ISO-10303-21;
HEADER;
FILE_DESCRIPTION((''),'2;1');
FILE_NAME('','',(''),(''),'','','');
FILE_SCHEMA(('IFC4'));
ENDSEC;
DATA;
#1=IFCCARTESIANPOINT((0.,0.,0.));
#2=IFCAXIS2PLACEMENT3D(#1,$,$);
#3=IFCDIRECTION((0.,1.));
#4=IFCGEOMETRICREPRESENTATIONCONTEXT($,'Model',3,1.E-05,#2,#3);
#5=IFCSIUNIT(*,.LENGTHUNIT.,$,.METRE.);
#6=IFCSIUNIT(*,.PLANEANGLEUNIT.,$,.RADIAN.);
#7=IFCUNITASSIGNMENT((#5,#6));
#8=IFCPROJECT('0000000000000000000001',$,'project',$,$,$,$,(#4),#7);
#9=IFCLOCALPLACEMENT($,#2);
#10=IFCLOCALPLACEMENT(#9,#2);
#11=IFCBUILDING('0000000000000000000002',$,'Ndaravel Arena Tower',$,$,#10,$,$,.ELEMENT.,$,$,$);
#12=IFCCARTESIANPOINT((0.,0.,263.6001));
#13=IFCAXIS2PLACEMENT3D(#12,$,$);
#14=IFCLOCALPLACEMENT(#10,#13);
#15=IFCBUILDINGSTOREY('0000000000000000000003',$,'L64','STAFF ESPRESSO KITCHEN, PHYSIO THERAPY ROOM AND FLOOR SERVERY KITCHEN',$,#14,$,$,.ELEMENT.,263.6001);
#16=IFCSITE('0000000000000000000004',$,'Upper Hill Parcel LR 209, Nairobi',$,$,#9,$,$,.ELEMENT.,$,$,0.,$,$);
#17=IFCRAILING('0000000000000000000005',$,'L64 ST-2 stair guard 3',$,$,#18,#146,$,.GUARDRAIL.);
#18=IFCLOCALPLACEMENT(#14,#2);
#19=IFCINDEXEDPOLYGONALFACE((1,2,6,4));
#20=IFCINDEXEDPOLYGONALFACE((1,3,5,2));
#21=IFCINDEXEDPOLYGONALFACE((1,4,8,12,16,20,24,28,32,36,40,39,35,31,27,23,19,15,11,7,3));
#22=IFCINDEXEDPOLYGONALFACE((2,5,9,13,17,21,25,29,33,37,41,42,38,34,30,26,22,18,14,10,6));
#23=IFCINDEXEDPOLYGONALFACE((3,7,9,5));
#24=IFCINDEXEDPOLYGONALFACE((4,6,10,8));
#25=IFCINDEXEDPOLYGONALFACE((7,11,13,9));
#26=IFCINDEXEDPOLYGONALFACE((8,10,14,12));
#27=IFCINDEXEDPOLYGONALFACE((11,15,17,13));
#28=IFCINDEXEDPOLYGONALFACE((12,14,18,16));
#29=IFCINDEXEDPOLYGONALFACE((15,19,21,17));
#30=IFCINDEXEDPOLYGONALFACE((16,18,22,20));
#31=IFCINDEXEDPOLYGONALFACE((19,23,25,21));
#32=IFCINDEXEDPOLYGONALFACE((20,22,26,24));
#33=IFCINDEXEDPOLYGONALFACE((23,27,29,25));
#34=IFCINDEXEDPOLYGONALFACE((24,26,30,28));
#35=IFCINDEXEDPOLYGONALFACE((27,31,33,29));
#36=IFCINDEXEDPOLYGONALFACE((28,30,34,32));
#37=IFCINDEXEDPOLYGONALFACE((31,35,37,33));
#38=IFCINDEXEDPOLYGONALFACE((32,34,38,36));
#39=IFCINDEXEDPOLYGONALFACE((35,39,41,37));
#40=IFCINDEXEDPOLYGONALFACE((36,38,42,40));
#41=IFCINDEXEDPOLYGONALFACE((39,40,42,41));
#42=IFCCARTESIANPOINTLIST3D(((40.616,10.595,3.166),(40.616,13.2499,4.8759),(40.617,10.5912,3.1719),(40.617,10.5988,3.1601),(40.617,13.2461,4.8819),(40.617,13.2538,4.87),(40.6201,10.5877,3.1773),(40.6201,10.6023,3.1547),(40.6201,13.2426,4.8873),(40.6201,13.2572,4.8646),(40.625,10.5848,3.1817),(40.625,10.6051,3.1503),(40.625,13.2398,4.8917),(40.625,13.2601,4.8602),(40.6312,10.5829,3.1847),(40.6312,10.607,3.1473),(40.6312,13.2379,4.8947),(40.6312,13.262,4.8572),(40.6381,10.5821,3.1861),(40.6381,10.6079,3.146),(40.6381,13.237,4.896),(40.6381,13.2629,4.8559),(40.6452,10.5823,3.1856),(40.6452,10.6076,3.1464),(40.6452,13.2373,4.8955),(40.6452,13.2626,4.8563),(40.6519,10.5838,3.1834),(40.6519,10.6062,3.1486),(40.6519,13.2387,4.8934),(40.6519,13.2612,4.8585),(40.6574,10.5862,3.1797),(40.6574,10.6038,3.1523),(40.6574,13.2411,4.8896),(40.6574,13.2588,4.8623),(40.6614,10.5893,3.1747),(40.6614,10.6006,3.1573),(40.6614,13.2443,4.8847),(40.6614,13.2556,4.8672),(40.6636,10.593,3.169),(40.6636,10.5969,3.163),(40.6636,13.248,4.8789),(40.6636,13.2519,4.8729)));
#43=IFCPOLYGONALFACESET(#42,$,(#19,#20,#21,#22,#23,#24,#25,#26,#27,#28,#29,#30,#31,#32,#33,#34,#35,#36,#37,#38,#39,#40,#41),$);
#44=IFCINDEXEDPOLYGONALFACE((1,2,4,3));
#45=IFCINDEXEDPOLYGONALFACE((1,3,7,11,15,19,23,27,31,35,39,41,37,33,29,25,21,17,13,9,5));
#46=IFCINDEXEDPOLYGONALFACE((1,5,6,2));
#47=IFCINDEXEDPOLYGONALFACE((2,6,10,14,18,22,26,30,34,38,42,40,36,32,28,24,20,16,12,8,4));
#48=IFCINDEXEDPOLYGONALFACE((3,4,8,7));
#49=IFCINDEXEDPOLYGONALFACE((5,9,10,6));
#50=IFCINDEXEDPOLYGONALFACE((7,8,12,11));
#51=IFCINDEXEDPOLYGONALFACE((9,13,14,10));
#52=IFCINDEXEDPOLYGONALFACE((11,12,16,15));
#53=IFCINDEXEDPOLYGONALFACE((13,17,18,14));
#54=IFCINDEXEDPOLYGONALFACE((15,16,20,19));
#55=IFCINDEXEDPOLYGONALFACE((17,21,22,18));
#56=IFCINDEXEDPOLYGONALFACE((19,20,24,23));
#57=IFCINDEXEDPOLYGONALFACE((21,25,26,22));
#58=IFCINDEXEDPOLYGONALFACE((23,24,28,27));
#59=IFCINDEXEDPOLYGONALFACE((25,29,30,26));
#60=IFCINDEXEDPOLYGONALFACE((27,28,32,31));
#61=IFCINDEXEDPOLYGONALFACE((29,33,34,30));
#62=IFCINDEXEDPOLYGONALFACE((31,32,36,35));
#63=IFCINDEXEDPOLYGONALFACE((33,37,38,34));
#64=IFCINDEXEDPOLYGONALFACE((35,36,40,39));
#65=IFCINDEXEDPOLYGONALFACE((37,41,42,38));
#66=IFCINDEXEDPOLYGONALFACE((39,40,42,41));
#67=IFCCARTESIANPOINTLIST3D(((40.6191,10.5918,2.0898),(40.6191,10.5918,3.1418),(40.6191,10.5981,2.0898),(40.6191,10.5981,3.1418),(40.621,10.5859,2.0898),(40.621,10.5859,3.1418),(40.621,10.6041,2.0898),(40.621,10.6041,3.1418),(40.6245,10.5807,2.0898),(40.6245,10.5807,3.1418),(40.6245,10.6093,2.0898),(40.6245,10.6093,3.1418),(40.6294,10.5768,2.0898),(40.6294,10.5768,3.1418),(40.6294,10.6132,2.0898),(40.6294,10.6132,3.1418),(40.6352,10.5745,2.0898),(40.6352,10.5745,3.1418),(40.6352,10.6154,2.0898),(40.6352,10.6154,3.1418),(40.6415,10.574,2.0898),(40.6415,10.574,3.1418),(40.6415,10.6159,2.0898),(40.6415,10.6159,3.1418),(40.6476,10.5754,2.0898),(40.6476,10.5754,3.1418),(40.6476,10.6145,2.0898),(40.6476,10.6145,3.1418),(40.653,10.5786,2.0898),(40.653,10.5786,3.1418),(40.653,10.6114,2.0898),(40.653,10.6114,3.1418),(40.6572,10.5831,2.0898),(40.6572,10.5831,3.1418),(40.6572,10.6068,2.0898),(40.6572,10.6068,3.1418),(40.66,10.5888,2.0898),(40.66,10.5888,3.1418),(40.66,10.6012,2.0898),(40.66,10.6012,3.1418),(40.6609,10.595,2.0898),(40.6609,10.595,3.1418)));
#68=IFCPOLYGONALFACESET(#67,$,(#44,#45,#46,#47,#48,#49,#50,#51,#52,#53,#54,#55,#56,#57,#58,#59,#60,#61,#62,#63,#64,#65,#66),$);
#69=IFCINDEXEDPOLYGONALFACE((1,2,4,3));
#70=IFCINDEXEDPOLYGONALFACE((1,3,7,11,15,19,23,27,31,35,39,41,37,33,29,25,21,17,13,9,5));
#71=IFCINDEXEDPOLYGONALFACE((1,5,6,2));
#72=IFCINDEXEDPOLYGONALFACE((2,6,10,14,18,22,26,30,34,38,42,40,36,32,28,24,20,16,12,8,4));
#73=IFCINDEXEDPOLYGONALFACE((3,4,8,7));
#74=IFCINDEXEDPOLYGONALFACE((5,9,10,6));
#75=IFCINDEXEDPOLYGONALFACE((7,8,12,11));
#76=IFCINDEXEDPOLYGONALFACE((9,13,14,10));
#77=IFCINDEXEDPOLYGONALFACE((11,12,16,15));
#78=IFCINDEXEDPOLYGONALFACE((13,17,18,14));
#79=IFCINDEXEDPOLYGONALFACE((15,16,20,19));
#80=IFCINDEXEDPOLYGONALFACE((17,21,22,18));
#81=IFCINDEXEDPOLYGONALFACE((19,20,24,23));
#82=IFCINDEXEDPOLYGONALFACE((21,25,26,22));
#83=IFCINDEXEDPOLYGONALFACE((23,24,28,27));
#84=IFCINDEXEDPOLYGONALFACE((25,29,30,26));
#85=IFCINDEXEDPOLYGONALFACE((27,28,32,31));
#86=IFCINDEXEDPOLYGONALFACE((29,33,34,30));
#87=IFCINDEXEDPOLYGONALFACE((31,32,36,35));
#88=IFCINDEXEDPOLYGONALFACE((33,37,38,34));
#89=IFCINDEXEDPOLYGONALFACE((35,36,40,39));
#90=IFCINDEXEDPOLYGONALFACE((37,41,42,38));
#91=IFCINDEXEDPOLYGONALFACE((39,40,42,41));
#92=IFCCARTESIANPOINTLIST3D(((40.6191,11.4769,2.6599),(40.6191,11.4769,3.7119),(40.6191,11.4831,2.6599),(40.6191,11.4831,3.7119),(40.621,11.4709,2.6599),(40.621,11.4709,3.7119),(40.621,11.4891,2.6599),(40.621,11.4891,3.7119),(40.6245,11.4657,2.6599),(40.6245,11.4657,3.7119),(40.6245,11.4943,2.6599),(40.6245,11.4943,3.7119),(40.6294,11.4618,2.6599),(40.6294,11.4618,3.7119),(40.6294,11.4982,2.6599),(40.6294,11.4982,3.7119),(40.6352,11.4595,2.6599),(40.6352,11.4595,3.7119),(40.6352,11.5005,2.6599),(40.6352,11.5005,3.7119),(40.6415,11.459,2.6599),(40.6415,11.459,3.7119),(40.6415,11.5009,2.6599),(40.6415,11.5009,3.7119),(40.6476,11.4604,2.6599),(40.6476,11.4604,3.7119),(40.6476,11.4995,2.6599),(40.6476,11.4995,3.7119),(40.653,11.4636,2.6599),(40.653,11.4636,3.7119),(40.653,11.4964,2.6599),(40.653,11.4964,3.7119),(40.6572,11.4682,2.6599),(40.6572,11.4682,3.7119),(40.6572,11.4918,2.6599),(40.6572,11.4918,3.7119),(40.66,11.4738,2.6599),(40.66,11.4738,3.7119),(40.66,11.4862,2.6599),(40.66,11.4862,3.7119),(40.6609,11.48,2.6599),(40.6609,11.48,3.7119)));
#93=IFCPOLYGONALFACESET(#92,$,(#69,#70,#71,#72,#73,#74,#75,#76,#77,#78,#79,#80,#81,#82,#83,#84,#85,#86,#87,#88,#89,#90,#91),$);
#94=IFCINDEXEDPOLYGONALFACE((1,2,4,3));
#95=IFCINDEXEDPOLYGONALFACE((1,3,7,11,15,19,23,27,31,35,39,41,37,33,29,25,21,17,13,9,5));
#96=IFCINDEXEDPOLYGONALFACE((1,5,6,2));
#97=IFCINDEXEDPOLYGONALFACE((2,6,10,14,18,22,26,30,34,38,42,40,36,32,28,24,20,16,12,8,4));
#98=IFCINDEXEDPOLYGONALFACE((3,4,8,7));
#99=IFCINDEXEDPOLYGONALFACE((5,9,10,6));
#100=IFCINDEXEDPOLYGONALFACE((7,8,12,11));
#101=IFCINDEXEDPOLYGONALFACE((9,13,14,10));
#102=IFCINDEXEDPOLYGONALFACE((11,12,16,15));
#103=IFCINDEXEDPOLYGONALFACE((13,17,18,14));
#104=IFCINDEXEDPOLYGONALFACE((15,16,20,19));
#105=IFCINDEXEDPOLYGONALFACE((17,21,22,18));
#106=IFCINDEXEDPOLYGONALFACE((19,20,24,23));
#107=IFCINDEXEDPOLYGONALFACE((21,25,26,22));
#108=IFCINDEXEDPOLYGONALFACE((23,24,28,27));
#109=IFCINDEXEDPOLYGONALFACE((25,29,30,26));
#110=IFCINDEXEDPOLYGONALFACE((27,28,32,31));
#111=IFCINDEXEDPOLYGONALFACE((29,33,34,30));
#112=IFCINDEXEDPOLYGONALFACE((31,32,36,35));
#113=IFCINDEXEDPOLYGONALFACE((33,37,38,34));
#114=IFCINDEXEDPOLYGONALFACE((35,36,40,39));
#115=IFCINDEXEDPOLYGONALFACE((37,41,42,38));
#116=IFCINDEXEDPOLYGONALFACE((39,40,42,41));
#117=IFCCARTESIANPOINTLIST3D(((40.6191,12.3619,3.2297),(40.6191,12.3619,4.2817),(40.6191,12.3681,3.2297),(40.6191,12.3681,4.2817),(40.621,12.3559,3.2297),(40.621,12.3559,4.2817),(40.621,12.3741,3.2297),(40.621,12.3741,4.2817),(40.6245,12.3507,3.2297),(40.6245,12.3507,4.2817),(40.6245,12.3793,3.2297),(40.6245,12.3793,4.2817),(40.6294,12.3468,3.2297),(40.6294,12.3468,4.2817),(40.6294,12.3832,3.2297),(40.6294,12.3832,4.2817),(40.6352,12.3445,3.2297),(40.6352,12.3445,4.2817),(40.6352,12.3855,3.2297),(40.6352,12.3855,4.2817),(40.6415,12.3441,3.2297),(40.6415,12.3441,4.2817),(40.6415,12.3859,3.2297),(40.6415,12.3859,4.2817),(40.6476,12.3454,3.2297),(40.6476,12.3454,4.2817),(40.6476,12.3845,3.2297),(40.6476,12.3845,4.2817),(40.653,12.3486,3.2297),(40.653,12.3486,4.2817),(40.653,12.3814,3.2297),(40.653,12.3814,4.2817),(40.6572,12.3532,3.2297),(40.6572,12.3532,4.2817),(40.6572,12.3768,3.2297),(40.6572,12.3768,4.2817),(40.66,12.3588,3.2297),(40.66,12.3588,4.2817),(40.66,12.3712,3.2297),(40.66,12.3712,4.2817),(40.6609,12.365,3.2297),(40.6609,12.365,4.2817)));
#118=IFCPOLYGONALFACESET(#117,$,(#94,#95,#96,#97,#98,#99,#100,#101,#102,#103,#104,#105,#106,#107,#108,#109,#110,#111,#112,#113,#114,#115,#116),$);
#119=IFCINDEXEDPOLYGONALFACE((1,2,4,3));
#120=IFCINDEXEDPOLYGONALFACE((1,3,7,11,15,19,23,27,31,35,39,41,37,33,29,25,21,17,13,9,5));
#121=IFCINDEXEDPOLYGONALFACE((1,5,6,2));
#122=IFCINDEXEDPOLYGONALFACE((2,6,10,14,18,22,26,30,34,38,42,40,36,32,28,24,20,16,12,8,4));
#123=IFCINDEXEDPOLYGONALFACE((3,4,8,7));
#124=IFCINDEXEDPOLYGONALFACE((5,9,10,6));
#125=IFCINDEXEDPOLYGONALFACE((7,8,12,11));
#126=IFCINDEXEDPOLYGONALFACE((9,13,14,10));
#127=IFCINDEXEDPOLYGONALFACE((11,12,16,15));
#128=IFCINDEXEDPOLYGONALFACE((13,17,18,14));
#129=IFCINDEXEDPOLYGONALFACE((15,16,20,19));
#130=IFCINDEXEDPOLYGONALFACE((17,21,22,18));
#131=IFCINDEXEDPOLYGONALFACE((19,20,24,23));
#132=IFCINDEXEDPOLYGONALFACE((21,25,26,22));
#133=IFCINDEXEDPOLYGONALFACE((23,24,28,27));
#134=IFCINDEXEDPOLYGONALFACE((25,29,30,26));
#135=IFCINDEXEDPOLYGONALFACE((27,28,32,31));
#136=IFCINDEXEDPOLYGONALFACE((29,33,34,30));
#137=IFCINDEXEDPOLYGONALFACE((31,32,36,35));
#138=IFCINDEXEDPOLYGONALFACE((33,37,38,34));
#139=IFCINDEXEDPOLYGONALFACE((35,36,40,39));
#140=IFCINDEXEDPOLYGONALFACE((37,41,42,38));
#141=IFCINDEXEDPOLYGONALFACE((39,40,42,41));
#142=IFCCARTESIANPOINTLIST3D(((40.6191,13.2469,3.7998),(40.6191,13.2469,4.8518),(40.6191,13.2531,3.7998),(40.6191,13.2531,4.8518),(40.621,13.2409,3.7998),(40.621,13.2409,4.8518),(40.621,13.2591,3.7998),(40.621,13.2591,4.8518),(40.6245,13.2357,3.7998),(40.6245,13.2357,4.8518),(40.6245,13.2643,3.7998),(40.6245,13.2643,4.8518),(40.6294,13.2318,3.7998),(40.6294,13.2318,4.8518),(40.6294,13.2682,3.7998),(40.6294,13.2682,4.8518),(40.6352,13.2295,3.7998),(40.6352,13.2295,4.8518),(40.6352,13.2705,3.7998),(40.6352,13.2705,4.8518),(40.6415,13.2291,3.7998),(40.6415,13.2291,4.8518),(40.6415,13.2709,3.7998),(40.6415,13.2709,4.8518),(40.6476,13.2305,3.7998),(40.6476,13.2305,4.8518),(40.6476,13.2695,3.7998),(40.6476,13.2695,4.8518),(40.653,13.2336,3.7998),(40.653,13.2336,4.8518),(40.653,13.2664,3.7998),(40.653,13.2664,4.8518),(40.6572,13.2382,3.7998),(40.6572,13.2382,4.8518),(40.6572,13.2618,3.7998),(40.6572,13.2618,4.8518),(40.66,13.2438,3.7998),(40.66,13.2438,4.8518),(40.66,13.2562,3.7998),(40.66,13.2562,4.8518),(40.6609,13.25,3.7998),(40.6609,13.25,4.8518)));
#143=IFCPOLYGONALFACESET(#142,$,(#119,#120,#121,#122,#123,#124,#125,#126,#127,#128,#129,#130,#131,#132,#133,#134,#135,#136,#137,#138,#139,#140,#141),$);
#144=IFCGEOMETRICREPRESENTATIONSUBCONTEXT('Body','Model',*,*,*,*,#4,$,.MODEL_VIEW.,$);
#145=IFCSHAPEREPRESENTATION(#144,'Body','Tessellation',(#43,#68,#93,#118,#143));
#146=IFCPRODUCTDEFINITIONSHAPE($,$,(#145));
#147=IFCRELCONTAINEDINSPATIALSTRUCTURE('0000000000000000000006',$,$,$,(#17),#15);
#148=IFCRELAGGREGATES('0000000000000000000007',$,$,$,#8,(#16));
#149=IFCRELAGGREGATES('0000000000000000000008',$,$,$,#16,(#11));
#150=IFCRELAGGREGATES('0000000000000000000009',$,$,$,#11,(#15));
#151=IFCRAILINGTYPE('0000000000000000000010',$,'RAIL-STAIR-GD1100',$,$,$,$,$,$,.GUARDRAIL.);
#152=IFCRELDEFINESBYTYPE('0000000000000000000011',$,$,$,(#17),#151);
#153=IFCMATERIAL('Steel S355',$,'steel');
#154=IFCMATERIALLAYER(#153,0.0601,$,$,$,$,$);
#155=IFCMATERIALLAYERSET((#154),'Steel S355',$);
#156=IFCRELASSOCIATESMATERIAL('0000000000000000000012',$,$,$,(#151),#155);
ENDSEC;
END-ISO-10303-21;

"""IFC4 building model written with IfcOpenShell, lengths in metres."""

from ifc_helpers import new_model, si_unit, direction, frame, origin, origin_2d, place, context, subcontext, project, spatial, circle, extrude, material, layer, layer_set, type_object, element, save


model = new_model("IFC4")

# Units and contexts
model_context = context("Model", 3, precision=1e-05, world=origin(), true_north=direction((0.0, 1.0)))
body_context = subcontext(model_context, "Body", "Model", "MODEL_VIEW")
ifc_project = project(units=[si_unit("LENGTHUNIT", "METRE"), si_unit("PLANEANGLEUNIT", "RADIAN")], contexts=[model_context])

# Site, building, storey
site_placement = place(None, origin())
site = spatial("IfcSite", under=ifc_project, at=site_placement, Name="Upper Hill Parcel LR 209, Nairobi", CompositionType="ELEMENT", RefElevation=0.0)
building_placement = place(site_placement, origin())
building = spatial("IfcBuilding", under=site, at=building_placement, Name="Ndaravel Arena Tower", CompositionType="ELEMENT")
storey_placement = place(building_placement, frame((0.0, 0.0, 263.6001)))
storey = spatial("IfcBuildingStorey", under=building, at=storey_placement, Name="L64", Description="STAFF ESPRESSO KITCHEN, PHYSIO THERAPY ROOM AND FLOOR SERVERY KITCHEN", CompositionType="ELEMENT", Elevation=263.6001)

# Railing
ifc_material_1 = material(Name="Steel S355", Category="steel")
ifc_layer_1 = layer(ifc_material_1, 0.0601)
ifc_layer_set_1 = layer_set([ifc_layer_1], Name="Steel S355")
railing_type_1 = type_object("IfcRailingType", Name="RAIL-STAIR-GD1100", PredefinedType="GUARDRAIL", material=ifc_layer_set_1)
railing_1_placement = place(storey_placement, frame((40.6399, 10.595, 2.0898)))
element("IfcRailing", 1, at=railing_1_placement, inside=storey, type_object=railing_type_1, Name="L64 ST-2 stair guard 3", PredefinedType="GUARDRAIL", context=body_context, shape_type="SweptSolid", body=[
    extrude(circle(Radius=0.0239, at=origin_2d()), frame((0.0, 0.0, 1.0762), z_axis=(0.0, 0.840724, 0.541465), x_axis=(-1.0, 0.0, 0.0)), (0.0, 0.0, 1.0), 3.158),
    extrude(circle(Radius=0.021, at=origin_2d()), origin(), (0.0, 0.0, 1.0), 1.052),
    extrude(circle(Radius=0.021, at=origin_2d()), frame((0.0, 0.885, 0.5701)), (0.0, 0.0, 1.0), 1.052),
    extrude(circle(Radius=0.021, at=origin_2d()), frame((0.0, 1.77, 1.1399)), (0.0, 0.0, 1.0), 1.052),
    extrude(circle(Radius=0.021, at=origin_2d()), frame((0.0, 2.655, 1.71)), (0.0, 0.0, 1.0), 1.052),
])

save(model, "model.ifc")
